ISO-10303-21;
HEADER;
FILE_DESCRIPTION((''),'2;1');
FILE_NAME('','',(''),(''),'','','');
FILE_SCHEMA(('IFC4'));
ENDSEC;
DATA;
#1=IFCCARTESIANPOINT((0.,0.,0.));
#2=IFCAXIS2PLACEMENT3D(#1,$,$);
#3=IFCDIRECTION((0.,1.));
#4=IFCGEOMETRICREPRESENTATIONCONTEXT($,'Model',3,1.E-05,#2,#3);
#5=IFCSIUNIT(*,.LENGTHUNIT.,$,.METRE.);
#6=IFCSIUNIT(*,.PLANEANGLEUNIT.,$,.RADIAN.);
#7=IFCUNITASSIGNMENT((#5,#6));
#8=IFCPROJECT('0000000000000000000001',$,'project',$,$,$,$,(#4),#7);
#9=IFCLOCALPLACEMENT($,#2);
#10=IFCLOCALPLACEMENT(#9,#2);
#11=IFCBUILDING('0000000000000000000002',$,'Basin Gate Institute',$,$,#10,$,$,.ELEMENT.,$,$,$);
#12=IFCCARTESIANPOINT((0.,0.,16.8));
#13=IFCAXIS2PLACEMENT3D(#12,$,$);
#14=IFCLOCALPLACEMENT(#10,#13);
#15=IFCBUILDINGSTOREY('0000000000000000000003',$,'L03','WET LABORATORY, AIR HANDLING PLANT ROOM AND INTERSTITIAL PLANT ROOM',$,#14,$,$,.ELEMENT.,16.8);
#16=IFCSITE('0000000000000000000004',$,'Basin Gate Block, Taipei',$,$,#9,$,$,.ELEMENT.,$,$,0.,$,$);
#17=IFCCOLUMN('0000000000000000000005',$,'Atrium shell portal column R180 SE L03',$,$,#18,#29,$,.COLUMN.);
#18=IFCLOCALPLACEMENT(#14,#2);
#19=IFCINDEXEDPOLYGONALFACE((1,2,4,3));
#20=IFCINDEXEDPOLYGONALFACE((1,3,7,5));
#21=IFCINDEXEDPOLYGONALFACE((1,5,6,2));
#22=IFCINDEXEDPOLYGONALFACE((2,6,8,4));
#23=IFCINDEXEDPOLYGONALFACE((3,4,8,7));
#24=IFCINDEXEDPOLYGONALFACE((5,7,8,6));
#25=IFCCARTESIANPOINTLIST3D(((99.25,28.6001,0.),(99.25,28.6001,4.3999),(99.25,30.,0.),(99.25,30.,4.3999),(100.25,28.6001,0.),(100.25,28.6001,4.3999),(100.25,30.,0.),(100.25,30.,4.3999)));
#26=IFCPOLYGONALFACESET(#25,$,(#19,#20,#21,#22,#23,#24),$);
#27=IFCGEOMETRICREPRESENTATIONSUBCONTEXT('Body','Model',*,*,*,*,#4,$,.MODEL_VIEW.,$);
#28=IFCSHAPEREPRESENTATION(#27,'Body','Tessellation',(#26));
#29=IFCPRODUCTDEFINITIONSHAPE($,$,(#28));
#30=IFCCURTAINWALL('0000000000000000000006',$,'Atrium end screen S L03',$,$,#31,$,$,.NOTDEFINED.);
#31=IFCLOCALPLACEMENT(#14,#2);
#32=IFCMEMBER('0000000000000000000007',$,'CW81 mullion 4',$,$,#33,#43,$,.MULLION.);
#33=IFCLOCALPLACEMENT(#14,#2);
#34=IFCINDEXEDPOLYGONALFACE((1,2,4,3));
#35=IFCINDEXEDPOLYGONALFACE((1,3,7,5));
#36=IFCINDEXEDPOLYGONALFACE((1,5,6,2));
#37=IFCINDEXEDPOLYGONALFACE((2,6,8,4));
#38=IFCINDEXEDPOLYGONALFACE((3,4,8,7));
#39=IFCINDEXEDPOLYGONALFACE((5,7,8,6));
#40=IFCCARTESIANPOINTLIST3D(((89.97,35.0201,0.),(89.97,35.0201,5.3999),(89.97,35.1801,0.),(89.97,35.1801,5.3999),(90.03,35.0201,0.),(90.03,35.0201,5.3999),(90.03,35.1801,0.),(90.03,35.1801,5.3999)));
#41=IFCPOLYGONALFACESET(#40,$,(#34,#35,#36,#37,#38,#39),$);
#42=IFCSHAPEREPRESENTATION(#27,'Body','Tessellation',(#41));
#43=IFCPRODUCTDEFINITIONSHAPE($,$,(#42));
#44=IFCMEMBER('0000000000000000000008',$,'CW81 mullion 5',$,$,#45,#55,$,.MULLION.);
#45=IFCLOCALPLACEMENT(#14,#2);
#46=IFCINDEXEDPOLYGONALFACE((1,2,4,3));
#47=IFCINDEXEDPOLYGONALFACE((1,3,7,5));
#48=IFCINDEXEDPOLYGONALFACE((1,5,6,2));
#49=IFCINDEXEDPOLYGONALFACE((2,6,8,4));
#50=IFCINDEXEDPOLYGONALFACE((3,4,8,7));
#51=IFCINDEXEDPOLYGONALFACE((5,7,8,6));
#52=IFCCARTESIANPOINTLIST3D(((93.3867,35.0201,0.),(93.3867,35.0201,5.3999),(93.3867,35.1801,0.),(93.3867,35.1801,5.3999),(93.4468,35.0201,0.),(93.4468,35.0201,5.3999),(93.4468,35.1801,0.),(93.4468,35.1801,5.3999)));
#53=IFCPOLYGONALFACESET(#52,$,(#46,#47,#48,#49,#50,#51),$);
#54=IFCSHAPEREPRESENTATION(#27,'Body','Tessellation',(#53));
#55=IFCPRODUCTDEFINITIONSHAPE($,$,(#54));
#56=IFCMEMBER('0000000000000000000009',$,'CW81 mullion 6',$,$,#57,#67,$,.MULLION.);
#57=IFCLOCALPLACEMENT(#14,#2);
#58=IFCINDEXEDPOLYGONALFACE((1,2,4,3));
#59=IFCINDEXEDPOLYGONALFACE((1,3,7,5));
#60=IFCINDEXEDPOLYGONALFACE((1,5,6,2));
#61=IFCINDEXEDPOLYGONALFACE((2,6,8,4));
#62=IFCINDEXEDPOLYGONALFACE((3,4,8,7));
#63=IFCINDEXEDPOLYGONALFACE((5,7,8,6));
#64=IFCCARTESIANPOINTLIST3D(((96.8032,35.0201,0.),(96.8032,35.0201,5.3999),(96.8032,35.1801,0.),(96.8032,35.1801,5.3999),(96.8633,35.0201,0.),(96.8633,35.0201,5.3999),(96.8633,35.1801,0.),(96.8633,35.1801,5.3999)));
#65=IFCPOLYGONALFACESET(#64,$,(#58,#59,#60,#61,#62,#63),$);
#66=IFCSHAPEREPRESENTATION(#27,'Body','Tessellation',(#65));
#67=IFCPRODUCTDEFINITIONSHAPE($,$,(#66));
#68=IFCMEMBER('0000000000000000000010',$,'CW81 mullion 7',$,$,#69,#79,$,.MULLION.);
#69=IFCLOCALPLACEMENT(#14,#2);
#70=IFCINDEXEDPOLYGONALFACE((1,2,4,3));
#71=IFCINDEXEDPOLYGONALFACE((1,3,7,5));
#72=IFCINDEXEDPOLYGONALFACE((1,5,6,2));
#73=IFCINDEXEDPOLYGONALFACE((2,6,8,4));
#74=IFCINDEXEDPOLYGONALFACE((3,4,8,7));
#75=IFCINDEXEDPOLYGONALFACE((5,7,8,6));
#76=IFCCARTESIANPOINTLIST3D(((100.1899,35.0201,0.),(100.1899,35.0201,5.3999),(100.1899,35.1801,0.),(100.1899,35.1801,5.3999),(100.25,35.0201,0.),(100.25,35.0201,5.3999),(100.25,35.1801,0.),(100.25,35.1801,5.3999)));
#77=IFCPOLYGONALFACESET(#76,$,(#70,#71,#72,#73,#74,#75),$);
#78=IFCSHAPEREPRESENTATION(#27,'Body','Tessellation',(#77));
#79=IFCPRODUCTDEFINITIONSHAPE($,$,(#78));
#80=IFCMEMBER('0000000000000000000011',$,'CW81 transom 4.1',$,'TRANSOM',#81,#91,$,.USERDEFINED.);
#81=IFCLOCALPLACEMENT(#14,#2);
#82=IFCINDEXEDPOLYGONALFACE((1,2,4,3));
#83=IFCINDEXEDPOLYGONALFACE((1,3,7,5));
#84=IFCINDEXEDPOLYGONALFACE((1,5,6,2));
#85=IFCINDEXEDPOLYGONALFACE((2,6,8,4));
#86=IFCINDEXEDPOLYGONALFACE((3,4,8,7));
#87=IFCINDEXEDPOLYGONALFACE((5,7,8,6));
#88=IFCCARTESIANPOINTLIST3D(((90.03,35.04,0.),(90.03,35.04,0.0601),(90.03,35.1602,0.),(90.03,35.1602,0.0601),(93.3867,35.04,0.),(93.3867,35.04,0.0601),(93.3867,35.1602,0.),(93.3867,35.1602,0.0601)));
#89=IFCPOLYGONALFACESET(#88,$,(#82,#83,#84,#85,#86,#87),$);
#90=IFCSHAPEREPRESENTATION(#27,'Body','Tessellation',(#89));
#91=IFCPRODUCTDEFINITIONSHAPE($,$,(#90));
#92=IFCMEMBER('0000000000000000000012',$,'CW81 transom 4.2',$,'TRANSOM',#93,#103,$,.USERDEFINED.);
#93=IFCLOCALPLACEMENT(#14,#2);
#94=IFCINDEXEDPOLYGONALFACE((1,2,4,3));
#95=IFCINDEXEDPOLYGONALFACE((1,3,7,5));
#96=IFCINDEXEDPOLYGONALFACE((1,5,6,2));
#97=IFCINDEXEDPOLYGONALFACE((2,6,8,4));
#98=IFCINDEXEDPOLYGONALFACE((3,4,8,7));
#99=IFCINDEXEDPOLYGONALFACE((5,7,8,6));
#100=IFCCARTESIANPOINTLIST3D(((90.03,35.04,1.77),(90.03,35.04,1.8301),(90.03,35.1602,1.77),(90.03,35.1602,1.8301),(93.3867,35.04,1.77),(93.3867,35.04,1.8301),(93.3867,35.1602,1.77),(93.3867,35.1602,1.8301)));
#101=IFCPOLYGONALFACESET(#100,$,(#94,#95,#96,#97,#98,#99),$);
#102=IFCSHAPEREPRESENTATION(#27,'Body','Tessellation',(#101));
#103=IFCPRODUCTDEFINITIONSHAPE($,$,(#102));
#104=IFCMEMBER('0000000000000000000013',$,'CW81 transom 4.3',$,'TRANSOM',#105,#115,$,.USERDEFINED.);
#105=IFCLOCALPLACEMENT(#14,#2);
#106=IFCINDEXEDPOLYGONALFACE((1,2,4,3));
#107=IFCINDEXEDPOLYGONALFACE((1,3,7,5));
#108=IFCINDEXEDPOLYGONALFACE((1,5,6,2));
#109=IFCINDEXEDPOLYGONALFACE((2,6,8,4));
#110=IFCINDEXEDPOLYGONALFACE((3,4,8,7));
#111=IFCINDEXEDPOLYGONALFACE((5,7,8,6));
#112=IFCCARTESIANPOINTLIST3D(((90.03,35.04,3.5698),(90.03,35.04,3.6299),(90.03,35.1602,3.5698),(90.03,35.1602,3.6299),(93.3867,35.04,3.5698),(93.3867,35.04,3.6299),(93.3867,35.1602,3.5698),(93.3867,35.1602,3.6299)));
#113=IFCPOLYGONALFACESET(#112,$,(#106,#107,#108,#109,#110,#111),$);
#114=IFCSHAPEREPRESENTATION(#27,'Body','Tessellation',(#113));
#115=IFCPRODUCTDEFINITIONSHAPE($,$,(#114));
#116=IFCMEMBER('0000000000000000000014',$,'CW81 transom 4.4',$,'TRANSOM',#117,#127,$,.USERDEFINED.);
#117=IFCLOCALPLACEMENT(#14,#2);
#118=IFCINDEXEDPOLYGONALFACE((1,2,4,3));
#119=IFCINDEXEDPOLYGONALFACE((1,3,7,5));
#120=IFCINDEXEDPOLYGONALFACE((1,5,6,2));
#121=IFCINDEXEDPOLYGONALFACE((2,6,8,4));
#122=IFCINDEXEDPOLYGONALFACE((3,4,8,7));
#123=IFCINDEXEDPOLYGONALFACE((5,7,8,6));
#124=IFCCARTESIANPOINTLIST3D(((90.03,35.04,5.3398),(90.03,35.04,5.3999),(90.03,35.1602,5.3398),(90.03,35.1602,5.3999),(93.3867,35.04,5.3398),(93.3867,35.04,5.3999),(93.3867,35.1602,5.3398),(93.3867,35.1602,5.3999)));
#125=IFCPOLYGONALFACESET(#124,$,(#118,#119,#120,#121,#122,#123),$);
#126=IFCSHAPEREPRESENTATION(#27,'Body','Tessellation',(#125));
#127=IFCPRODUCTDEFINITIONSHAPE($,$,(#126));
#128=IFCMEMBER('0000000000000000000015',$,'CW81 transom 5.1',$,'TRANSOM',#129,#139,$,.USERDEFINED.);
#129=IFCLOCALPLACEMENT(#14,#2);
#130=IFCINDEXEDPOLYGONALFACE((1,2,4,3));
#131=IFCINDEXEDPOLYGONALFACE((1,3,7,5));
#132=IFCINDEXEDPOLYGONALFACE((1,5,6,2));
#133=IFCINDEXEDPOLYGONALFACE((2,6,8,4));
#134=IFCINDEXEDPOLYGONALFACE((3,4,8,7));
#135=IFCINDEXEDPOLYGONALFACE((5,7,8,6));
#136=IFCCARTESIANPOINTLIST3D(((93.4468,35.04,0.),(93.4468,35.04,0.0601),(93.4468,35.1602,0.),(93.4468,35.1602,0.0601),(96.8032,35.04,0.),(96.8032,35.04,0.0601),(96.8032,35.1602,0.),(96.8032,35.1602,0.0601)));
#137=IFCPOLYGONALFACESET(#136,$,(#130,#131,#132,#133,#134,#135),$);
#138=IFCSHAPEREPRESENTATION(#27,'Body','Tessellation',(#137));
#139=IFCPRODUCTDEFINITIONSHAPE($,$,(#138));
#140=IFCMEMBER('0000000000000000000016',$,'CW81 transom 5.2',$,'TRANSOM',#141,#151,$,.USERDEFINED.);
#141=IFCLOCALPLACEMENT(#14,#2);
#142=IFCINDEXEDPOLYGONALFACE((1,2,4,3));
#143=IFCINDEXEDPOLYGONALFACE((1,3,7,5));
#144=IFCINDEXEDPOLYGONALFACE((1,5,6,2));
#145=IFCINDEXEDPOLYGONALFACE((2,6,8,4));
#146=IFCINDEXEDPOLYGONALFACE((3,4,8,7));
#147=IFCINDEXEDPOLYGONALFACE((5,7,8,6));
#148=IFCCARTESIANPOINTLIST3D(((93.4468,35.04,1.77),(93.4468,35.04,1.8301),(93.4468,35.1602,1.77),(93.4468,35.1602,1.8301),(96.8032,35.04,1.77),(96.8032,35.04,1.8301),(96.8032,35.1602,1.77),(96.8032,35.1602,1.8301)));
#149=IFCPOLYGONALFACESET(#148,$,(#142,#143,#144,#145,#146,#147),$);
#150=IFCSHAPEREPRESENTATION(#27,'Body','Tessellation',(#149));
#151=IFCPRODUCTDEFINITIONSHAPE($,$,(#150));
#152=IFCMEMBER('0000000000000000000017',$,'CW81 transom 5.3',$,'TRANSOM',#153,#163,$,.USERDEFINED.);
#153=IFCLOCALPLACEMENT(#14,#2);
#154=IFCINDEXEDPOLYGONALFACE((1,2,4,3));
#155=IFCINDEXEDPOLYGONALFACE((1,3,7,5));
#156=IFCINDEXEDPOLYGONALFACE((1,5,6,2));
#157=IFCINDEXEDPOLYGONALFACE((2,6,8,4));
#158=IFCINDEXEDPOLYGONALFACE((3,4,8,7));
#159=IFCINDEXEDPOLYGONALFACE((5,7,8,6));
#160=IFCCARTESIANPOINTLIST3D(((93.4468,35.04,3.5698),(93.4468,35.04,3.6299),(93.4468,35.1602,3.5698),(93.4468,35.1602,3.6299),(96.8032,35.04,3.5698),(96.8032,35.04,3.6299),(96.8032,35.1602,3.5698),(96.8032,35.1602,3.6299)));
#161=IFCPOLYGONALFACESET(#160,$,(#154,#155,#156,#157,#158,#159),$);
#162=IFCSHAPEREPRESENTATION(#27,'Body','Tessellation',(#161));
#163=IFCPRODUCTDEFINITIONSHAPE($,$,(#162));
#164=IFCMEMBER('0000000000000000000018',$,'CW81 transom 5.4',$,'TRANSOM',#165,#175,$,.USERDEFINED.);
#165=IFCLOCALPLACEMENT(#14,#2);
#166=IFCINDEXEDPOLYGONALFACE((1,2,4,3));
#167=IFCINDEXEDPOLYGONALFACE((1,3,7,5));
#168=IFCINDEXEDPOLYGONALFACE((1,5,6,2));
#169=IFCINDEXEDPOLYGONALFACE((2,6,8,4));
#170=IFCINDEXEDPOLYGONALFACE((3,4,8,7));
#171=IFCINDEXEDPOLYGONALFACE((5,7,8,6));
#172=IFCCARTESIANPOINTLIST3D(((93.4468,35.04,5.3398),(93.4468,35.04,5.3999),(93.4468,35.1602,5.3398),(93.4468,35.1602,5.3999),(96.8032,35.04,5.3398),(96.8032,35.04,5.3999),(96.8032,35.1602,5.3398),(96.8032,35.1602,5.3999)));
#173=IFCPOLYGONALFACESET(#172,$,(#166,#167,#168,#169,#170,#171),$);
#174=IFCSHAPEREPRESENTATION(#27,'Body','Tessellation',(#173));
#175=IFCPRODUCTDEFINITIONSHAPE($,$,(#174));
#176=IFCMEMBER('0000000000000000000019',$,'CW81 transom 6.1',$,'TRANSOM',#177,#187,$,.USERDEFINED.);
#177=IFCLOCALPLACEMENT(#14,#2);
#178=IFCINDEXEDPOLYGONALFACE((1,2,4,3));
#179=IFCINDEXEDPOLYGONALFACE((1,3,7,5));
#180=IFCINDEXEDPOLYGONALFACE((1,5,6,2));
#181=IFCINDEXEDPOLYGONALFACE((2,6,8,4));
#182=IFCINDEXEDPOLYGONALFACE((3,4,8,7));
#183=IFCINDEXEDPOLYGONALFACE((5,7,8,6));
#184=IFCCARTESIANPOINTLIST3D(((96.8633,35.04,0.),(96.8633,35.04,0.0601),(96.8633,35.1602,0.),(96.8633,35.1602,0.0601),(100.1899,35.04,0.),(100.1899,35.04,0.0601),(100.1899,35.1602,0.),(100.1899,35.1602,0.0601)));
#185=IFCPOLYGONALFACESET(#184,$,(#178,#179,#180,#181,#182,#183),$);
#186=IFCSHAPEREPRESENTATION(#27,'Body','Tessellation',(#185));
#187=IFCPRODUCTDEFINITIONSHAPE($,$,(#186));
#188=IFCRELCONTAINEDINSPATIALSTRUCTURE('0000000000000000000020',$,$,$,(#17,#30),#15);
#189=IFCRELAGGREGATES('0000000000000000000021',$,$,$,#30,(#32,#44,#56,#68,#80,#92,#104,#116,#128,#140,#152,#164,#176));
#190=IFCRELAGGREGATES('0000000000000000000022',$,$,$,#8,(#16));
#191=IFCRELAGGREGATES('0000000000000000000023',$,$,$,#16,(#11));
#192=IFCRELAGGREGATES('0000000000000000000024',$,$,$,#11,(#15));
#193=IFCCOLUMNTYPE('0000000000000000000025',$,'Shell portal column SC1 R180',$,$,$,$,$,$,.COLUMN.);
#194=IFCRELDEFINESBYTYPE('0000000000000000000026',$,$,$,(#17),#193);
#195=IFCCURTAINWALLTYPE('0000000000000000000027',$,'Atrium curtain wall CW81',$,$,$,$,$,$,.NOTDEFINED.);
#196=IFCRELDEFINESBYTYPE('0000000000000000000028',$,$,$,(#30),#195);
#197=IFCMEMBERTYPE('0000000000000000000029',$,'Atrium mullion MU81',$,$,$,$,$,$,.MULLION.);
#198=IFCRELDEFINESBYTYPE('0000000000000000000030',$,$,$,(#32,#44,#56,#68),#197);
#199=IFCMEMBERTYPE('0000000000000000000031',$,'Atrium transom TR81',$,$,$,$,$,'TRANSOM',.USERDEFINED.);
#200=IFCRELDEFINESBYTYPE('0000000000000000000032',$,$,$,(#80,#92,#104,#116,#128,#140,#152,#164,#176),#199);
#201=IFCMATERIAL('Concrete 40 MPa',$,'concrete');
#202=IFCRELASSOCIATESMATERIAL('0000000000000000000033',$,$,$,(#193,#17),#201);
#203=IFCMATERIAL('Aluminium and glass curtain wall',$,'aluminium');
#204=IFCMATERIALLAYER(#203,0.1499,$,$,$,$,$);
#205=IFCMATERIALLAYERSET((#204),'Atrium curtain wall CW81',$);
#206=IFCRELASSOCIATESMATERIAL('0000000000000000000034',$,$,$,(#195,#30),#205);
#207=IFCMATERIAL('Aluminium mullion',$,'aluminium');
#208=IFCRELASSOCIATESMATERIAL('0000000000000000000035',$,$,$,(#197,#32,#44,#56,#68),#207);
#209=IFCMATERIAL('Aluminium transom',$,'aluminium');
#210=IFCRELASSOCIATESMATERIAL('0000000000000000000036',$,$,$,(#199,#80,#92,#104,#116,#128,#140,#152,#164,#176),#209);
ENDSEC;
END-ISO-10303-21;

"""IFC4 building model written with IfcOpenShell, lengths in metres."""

from ifc_helpers import new_model, si_unit, direction, frame, origin, origin_2d, place, context, subcontext, project, spatial, rectangle, extrude, material, layer, layer_set, material_profile, profile_set, type_object, element, aggregate, save


model = new_model("IFC4")

# Units and contexts
model_context = context("Model", 3, precision=1e-05, world=origin(), true_north=direction((0.0, 1.0)))
body_context = subcontext(model_context, "Body", "Model", "MODEL_VIEW")
ifc_project = project(units=[si_unit("LENGTHUNIT", "METRE"), si_unit("PLANEANGLEUNIT", "RADIAN")], contexts=[model_context])

# Site, building, storey
site_placement = place(None, origin())
site = spatial("IfcSite", under=ifc_project, at=site_placement, Name="Basin Gate Block, Taipei", CompositionType="ELEMENT", RefElevation=0.0)
building_placement = place(site_placement, origin())
building = spatial("IfcBuilding", under=site, at=building_placement, Name="Basin Gate Institute", CompositionType="ELEMENT")
storey_placement = place(building_placement, frame((0.0, 0.0, 16.8)))
storey = spatial("IfcBuildingStorey", under=building, at=storey_placement, Name="L03", Description="WET LABORATORY, AIR HANDLING PLANT ROOM AND INTERSTITIAL PLANT ROOM", CompositionType="ELEMENT", Elevation=16.8)

# Column
ifc_material_1 = material(Name="Concrete 40 MPa", Category="concrete")
ifc_material_profile_1 = material_profile(ifc_material_1, rectangle(XDim=1.0, YDim=1.3999, at=origin_2d()), Name="Shell portal column SC1 1000 x 1400")
ifc_profile_set_1 = profile_set([ifc_material_profile_1], Name="Concrete 40 MPa")
column_type = type_object("IfcColumnType", Name="Shell portal column SC1 R180", PredefinedType="COLUMN", material=ifc_profile_set_1)
column_placement = place(storey_placement, frame((99.75, 29.3, 0.0), z_axis=(0.0, 0.0, 1.0), x_axis=(1.0, 0.0, 0.0)))
element("IfcColumn", 1, at=column_placement, inside=storey, type_object=column_type, material=ifc_profile_set_1, Name="Atrium shell portal column R180 SE L03", PredefinedType="COLUMN", context=body_context, shape_type="SweptSolid", body=[
    extrude(rectangle(XDim=1.0, YDim=1.3999, at=origin_2d()), origin(), (0.0, 0.0, 1.0), 4.3999),
])

# Curtain wall, members
ifc_material_2 = material(Name="Aluminium and glass curtain wall", Category="aluminium")
ifc_layer_1 = layer(ifc_material_2, 0.1499)
ifc_layer_set_1 = layer_set([ifc_layer_1], Name="Atrium curtain wall CW81")
curtain_wall_type = type_object("IfcCurtainWallType", Name="Atrium curtain wall CW81", PredefinedType="NOTDEFINED", material=ifc_layer_set_1)
curtain_wall_placement = place(storey_placement, origin())
curtain_wall = element("IfcCurtainWall", 2, at=curtain_wall_placement, inside=storey, type_object=curtain_wall_type, material=ifc_layer_set_1, Name="Atrium end screen S L03", PredefinedType="NOTDEFINED")
ifc_material_3 = material(Name="Aluminium mullion", Category="aluminium")
ifc_material_profile_2 = material_profile(ifc_material_3, rectangle(XDim=0.1599, YDim=0.0601, at=origin_2d()), Name="Atrium mullion MU81 160 x 60")
ifc_profile_set_2 = profile_set([ifc_material_profile_2], Name="Aluminium mullion")
member_type_1 = type_object("IfcMemberType", Name="Atrium mullion MU81", PredefinedType="MULLION", material=ifc_profile_set_2)
member_1_placement = place(storey_placement, frame((90.0, 35.1001, 0.0), z_axis=(0.0, 0.0, 1.0), x_axis=(0.0, 1.0, 0.0)))
member_1 = element("IfcMember", 3, at=member_1_placement, type_object=member_type_1, material=ifc_profile_set_2, Name="CW81 mullion 4", PredefinedType="MULLION", context=body_context, shape_type="SweptSolid", body=[
    extrude(rectangle(XDim=0.1599, YDim=0.0601, at=origin_2d()), origin(), (0.0, 0.0, 1.0), 5.3999),
])
member_2_placement = place(storey_placement, frame((93.4167, 35.1001, 0.0), z_axis=(0.0, 0.0, 1.0), x_axis=(0.0, 1.0, 0.0)))
member_2 = element("IfcMember", 4, at=member_2_placement, type_object=member_type_1, material=ifc_profile_set_2, Name="CW81 mullion 5", PredefinedType="MULLION", context=body_context, shape_type="SweptSolid", body=[
    extrude(rectangle(XDim=0.1599, YDim=0.0601, at=origin_2d()), origin(), (0.0, 0.0, 1.0), 5.3999),
])
member_3_placement = place(storey_placement, frame((96.8333, 35.1001, 0.0), z_axis=(0.0, 0.0, 1.0), x_axis=(0.0, 1.0, 0.0)))
member_3 = element("IfcMember", 5, at=member_3_placement, type_object=member_type_1, material=ifc_profile_set_2, Name="CW81 mullion 6", PredefinedType="MULLION", context=body_context, shape_type="SweptSolid", body=[
    extrude(rectangle(XDim=0.1599, YDim=0.0601, at=origin_2d()), origin(), (0.0, 0.0, 1.0), 5.3999),
])
member_4_placement = place(storey_placement, frame((100.22, 35.1001, 0.0), z_axis=(0.0, 0.0, 1.0), x_axis=(0.0, 1.0, 0.0)))
member_4 = element("IfcMember", 6, at=member_4_placement, type_object=member_type_1, material=ifc_profile_set_2, Name="CW81 mullion 7", PredefinedType="MULLION", context=body_context, shape_type="SweptSolid", body=[
    extrude(rectangle(XDim=0.1599, YDim=0.0601, at=origin_2d()), origin(), (0.0, 0.0, 1.0), 5.3999),
])
ifc_material_4 = material(Name="Aluminium transom", Category="aluminium")
ifc_material_profile_3 = material_profile(ifc_material_4, rectangle(XDim=0.1201, YDim=0.0601, at=origin_2d()), Name="Atrium transom TR81 120 x 60")
ifc_profile_set_3 = profile_set([ifc_material_profile_3], Name="Aluminium transom")
member_type_2 = type_object("IfcMemberType", Name="Atrium transom TR81", ElementType="TRANSOM", PredefinedType="USERDEFINED", material=ifc_profile_set_3)
member_5_placement = place(storey_placement, frame((90.03, 35.1001, 0.03), z_axis=(1.0, 0.0, 0.0), x_axis=(0.0, 1.0, 0.0)))
member_5 = element("IfcMember", 7, at=member_5_placement, type_object=member_type_2, material=ifc_profile_set_3, Name="CW81 transom 4.1", ObjectType="TRANSOM", PredefinedType="USERDEFINED", context=body_context, shape_type="SweptSolid", body=[
    extrude(rectangle(XDim=0.1201, YDim=0.0601, at=origin_2d()), origin(), (0.0, 0.0, 1.0), 3.3567),
])
member_6_placement = place(storey_placement, frame((90.03, 35.1001, 1.8), z_axis=(1.0, 0.0, 0.0), x_axis=(0.0, 1.0, 0.0)))
member_6 = element("IfcMember", 8, at=member_6_placement, type_object=member_type_2, material=ifc_profile_set_3, Name="CW81 transom 4.2", ObjectType="TRANSOM", PredefinedType="USERDEFINED", context=body_context, shape_type="SweptSolid", body=[
    extrude(rectangle(XDim=0.1201, YDim=0.0601, at=origin_2d()), origin(), (0.0, 0.0, 1.0), 3.3567),
])
member_7_placement = place(storey_placement, frame((90.03, 35.1001, 3.5999), z_axis=(1.0, 0.0, 0.0), x_axis=(0.0, 1.0, 0.0)))
member_7 = element("IfcMember", 9, at=member_7_placement, type_object=member_type_2, material=ifc_profile_set_3, Name="CW81 transom 4.3", ObjectType="TRANSOM", PredefinedType="USERDEFINED", context=body_context, shape_type="SweptSolid", body=[
    extrude(rectangle(XDim=0.1201, YDim=0.0601, at=origin_2d()), origin(), (0.0, 0.0, 1.0), 3.3567),
])
member_8_placement = place(storey_placement, frame((90.03, 35.1001, 5.3699), z_axis=(1.0, 0.0, 0.0), x_axis=(0.0, 1.0, 0.0)))
member_8 = element("IfcMember", 10, at=member_8_placement, type_object=member_type_2, material=ifc_profile_set_3, Name="CW81 transom 4.4", ObjectType="TRANSOM", PredefinedType="USERDEFINED", context=body_context, shape_type="SweptSolid", body=[
    extrude(rectangle(XDim=0.1201, YDim=0.0601, at=origin_2d()), origin(), (0.0, 0.0, 1.0), 3.3567),
])
member_9_placement = place(storey_placement, frame((93.4468, 35.1001, 0.03), z_axis=(1.0, 0.0, 0.0), x_axis=(0.0, 1.0, 0.0)))
member_9 = element("IfcMember", 11, at=member_9_placement, type_object=member_type_2, material=ifc_profile_set_3, Name="CW81 transom 5.1", ObjectType="TRANSOM", PredefinedType="USERDEFINED", context=body_context, shape_type="SweptSolid", body=[
    extrude(rectangle(XDim=0.1201, YDim=0.0601, at=origin_2d()), origin(), (0.0, 0.0, 1.0), 3.3564),
])
member_10_placement = place(storey_placement, frame((93.4468, 35.1001, 1.8), z_axis=(1.0, 0.0, 0.0), x_axis=(0.0, 1.0, 0.0)))
member_10 = element("IfcMember", 12, at=member_10_placement, type_object=member_type_2, material=ifc_profile_set_3, Name="CW81 transom 5.2", ObjectType="TRANSOM", PredefinedType="USERDEFINED", context=body_context, shape_type="SweptSolid", body=[
    extrude(rectangle(XDim=0.1201, YDim=0.0601, at=origin_2d()), origin(), (0.0, 0.0, 1.0), 3.3564),
])
member_11_placement = place(storey_placement, frame((93.4468, 35.1001, 3.5999), z_axis=(1.0, 0.0, 0.0), x_axis=(0.0, 1.0, 0.0)))
member_11 = element("IfcMember", 13, at=member_11_placement, type_object=member_type_2, material=ifc_profile_set_3, Name="CW81 transom 5.3", ObjectType="TRANSOM", PredefinedType="USERDEFINED", context=body_context, shape_type="SweptSolid", body=[
    extrude(rectangle(XDim=0.1201, YDim=0.0601, at=origin_2d()), origin(), (0.0, 0.0, 1.0), 3.3564),
])
member_12_placement = place(storey_placement, frame((93.4468, 35.1001, 5.3699), z_axis=(1.0, 0.0, 0.0), x_axis=(0.0, 1.0, 0.0)))
member_12 = element("IfcMember", 14, at=member_12_placement, type_object=member_type_2, material=ifc_profile_set_3, Name="CW81 transom 5.4", ObjectType="TRANSOM", PredefinedType="USERDEFINED", context=body_context, shape_type="SweptSolid", body=[
    extrude(rectangle(XDim=0.1201, YDim=0.0601, at=origin_2d()), origin(), (0.0, 0.0, 1.0), 3.3564),
])
member_13_placement = place(storey_placement, frame((96.8633, 35.1001, 0.03), z_axis=(1.0, 0.0, 0.0), x_axis=(0.0, 1.0, 0.0)))
member_13 = element("IfcMember", 15, at=member_13_placement, type_object=member_type_2, material=ifc_profile_set_3, Name="CW81 transom 6.1", ObjectType="TRANSOM", PredefinedType="USERDEFINED", context=body_context, shape_type="SweptSolid", body=[
    extrude(rectangle(XDim=0.1201, YDim=0.0601, at=origin_2d()), origin(), (0.0, 0.0, 1.0), 3.3267),
])

aggregate(curtain_wall, [member_1, member_2, member_3, member_4, member_5, member_6, member_7, member_8, member_9, member_10, member_11, member_12, member_13])

save(model, "model.ifc")
